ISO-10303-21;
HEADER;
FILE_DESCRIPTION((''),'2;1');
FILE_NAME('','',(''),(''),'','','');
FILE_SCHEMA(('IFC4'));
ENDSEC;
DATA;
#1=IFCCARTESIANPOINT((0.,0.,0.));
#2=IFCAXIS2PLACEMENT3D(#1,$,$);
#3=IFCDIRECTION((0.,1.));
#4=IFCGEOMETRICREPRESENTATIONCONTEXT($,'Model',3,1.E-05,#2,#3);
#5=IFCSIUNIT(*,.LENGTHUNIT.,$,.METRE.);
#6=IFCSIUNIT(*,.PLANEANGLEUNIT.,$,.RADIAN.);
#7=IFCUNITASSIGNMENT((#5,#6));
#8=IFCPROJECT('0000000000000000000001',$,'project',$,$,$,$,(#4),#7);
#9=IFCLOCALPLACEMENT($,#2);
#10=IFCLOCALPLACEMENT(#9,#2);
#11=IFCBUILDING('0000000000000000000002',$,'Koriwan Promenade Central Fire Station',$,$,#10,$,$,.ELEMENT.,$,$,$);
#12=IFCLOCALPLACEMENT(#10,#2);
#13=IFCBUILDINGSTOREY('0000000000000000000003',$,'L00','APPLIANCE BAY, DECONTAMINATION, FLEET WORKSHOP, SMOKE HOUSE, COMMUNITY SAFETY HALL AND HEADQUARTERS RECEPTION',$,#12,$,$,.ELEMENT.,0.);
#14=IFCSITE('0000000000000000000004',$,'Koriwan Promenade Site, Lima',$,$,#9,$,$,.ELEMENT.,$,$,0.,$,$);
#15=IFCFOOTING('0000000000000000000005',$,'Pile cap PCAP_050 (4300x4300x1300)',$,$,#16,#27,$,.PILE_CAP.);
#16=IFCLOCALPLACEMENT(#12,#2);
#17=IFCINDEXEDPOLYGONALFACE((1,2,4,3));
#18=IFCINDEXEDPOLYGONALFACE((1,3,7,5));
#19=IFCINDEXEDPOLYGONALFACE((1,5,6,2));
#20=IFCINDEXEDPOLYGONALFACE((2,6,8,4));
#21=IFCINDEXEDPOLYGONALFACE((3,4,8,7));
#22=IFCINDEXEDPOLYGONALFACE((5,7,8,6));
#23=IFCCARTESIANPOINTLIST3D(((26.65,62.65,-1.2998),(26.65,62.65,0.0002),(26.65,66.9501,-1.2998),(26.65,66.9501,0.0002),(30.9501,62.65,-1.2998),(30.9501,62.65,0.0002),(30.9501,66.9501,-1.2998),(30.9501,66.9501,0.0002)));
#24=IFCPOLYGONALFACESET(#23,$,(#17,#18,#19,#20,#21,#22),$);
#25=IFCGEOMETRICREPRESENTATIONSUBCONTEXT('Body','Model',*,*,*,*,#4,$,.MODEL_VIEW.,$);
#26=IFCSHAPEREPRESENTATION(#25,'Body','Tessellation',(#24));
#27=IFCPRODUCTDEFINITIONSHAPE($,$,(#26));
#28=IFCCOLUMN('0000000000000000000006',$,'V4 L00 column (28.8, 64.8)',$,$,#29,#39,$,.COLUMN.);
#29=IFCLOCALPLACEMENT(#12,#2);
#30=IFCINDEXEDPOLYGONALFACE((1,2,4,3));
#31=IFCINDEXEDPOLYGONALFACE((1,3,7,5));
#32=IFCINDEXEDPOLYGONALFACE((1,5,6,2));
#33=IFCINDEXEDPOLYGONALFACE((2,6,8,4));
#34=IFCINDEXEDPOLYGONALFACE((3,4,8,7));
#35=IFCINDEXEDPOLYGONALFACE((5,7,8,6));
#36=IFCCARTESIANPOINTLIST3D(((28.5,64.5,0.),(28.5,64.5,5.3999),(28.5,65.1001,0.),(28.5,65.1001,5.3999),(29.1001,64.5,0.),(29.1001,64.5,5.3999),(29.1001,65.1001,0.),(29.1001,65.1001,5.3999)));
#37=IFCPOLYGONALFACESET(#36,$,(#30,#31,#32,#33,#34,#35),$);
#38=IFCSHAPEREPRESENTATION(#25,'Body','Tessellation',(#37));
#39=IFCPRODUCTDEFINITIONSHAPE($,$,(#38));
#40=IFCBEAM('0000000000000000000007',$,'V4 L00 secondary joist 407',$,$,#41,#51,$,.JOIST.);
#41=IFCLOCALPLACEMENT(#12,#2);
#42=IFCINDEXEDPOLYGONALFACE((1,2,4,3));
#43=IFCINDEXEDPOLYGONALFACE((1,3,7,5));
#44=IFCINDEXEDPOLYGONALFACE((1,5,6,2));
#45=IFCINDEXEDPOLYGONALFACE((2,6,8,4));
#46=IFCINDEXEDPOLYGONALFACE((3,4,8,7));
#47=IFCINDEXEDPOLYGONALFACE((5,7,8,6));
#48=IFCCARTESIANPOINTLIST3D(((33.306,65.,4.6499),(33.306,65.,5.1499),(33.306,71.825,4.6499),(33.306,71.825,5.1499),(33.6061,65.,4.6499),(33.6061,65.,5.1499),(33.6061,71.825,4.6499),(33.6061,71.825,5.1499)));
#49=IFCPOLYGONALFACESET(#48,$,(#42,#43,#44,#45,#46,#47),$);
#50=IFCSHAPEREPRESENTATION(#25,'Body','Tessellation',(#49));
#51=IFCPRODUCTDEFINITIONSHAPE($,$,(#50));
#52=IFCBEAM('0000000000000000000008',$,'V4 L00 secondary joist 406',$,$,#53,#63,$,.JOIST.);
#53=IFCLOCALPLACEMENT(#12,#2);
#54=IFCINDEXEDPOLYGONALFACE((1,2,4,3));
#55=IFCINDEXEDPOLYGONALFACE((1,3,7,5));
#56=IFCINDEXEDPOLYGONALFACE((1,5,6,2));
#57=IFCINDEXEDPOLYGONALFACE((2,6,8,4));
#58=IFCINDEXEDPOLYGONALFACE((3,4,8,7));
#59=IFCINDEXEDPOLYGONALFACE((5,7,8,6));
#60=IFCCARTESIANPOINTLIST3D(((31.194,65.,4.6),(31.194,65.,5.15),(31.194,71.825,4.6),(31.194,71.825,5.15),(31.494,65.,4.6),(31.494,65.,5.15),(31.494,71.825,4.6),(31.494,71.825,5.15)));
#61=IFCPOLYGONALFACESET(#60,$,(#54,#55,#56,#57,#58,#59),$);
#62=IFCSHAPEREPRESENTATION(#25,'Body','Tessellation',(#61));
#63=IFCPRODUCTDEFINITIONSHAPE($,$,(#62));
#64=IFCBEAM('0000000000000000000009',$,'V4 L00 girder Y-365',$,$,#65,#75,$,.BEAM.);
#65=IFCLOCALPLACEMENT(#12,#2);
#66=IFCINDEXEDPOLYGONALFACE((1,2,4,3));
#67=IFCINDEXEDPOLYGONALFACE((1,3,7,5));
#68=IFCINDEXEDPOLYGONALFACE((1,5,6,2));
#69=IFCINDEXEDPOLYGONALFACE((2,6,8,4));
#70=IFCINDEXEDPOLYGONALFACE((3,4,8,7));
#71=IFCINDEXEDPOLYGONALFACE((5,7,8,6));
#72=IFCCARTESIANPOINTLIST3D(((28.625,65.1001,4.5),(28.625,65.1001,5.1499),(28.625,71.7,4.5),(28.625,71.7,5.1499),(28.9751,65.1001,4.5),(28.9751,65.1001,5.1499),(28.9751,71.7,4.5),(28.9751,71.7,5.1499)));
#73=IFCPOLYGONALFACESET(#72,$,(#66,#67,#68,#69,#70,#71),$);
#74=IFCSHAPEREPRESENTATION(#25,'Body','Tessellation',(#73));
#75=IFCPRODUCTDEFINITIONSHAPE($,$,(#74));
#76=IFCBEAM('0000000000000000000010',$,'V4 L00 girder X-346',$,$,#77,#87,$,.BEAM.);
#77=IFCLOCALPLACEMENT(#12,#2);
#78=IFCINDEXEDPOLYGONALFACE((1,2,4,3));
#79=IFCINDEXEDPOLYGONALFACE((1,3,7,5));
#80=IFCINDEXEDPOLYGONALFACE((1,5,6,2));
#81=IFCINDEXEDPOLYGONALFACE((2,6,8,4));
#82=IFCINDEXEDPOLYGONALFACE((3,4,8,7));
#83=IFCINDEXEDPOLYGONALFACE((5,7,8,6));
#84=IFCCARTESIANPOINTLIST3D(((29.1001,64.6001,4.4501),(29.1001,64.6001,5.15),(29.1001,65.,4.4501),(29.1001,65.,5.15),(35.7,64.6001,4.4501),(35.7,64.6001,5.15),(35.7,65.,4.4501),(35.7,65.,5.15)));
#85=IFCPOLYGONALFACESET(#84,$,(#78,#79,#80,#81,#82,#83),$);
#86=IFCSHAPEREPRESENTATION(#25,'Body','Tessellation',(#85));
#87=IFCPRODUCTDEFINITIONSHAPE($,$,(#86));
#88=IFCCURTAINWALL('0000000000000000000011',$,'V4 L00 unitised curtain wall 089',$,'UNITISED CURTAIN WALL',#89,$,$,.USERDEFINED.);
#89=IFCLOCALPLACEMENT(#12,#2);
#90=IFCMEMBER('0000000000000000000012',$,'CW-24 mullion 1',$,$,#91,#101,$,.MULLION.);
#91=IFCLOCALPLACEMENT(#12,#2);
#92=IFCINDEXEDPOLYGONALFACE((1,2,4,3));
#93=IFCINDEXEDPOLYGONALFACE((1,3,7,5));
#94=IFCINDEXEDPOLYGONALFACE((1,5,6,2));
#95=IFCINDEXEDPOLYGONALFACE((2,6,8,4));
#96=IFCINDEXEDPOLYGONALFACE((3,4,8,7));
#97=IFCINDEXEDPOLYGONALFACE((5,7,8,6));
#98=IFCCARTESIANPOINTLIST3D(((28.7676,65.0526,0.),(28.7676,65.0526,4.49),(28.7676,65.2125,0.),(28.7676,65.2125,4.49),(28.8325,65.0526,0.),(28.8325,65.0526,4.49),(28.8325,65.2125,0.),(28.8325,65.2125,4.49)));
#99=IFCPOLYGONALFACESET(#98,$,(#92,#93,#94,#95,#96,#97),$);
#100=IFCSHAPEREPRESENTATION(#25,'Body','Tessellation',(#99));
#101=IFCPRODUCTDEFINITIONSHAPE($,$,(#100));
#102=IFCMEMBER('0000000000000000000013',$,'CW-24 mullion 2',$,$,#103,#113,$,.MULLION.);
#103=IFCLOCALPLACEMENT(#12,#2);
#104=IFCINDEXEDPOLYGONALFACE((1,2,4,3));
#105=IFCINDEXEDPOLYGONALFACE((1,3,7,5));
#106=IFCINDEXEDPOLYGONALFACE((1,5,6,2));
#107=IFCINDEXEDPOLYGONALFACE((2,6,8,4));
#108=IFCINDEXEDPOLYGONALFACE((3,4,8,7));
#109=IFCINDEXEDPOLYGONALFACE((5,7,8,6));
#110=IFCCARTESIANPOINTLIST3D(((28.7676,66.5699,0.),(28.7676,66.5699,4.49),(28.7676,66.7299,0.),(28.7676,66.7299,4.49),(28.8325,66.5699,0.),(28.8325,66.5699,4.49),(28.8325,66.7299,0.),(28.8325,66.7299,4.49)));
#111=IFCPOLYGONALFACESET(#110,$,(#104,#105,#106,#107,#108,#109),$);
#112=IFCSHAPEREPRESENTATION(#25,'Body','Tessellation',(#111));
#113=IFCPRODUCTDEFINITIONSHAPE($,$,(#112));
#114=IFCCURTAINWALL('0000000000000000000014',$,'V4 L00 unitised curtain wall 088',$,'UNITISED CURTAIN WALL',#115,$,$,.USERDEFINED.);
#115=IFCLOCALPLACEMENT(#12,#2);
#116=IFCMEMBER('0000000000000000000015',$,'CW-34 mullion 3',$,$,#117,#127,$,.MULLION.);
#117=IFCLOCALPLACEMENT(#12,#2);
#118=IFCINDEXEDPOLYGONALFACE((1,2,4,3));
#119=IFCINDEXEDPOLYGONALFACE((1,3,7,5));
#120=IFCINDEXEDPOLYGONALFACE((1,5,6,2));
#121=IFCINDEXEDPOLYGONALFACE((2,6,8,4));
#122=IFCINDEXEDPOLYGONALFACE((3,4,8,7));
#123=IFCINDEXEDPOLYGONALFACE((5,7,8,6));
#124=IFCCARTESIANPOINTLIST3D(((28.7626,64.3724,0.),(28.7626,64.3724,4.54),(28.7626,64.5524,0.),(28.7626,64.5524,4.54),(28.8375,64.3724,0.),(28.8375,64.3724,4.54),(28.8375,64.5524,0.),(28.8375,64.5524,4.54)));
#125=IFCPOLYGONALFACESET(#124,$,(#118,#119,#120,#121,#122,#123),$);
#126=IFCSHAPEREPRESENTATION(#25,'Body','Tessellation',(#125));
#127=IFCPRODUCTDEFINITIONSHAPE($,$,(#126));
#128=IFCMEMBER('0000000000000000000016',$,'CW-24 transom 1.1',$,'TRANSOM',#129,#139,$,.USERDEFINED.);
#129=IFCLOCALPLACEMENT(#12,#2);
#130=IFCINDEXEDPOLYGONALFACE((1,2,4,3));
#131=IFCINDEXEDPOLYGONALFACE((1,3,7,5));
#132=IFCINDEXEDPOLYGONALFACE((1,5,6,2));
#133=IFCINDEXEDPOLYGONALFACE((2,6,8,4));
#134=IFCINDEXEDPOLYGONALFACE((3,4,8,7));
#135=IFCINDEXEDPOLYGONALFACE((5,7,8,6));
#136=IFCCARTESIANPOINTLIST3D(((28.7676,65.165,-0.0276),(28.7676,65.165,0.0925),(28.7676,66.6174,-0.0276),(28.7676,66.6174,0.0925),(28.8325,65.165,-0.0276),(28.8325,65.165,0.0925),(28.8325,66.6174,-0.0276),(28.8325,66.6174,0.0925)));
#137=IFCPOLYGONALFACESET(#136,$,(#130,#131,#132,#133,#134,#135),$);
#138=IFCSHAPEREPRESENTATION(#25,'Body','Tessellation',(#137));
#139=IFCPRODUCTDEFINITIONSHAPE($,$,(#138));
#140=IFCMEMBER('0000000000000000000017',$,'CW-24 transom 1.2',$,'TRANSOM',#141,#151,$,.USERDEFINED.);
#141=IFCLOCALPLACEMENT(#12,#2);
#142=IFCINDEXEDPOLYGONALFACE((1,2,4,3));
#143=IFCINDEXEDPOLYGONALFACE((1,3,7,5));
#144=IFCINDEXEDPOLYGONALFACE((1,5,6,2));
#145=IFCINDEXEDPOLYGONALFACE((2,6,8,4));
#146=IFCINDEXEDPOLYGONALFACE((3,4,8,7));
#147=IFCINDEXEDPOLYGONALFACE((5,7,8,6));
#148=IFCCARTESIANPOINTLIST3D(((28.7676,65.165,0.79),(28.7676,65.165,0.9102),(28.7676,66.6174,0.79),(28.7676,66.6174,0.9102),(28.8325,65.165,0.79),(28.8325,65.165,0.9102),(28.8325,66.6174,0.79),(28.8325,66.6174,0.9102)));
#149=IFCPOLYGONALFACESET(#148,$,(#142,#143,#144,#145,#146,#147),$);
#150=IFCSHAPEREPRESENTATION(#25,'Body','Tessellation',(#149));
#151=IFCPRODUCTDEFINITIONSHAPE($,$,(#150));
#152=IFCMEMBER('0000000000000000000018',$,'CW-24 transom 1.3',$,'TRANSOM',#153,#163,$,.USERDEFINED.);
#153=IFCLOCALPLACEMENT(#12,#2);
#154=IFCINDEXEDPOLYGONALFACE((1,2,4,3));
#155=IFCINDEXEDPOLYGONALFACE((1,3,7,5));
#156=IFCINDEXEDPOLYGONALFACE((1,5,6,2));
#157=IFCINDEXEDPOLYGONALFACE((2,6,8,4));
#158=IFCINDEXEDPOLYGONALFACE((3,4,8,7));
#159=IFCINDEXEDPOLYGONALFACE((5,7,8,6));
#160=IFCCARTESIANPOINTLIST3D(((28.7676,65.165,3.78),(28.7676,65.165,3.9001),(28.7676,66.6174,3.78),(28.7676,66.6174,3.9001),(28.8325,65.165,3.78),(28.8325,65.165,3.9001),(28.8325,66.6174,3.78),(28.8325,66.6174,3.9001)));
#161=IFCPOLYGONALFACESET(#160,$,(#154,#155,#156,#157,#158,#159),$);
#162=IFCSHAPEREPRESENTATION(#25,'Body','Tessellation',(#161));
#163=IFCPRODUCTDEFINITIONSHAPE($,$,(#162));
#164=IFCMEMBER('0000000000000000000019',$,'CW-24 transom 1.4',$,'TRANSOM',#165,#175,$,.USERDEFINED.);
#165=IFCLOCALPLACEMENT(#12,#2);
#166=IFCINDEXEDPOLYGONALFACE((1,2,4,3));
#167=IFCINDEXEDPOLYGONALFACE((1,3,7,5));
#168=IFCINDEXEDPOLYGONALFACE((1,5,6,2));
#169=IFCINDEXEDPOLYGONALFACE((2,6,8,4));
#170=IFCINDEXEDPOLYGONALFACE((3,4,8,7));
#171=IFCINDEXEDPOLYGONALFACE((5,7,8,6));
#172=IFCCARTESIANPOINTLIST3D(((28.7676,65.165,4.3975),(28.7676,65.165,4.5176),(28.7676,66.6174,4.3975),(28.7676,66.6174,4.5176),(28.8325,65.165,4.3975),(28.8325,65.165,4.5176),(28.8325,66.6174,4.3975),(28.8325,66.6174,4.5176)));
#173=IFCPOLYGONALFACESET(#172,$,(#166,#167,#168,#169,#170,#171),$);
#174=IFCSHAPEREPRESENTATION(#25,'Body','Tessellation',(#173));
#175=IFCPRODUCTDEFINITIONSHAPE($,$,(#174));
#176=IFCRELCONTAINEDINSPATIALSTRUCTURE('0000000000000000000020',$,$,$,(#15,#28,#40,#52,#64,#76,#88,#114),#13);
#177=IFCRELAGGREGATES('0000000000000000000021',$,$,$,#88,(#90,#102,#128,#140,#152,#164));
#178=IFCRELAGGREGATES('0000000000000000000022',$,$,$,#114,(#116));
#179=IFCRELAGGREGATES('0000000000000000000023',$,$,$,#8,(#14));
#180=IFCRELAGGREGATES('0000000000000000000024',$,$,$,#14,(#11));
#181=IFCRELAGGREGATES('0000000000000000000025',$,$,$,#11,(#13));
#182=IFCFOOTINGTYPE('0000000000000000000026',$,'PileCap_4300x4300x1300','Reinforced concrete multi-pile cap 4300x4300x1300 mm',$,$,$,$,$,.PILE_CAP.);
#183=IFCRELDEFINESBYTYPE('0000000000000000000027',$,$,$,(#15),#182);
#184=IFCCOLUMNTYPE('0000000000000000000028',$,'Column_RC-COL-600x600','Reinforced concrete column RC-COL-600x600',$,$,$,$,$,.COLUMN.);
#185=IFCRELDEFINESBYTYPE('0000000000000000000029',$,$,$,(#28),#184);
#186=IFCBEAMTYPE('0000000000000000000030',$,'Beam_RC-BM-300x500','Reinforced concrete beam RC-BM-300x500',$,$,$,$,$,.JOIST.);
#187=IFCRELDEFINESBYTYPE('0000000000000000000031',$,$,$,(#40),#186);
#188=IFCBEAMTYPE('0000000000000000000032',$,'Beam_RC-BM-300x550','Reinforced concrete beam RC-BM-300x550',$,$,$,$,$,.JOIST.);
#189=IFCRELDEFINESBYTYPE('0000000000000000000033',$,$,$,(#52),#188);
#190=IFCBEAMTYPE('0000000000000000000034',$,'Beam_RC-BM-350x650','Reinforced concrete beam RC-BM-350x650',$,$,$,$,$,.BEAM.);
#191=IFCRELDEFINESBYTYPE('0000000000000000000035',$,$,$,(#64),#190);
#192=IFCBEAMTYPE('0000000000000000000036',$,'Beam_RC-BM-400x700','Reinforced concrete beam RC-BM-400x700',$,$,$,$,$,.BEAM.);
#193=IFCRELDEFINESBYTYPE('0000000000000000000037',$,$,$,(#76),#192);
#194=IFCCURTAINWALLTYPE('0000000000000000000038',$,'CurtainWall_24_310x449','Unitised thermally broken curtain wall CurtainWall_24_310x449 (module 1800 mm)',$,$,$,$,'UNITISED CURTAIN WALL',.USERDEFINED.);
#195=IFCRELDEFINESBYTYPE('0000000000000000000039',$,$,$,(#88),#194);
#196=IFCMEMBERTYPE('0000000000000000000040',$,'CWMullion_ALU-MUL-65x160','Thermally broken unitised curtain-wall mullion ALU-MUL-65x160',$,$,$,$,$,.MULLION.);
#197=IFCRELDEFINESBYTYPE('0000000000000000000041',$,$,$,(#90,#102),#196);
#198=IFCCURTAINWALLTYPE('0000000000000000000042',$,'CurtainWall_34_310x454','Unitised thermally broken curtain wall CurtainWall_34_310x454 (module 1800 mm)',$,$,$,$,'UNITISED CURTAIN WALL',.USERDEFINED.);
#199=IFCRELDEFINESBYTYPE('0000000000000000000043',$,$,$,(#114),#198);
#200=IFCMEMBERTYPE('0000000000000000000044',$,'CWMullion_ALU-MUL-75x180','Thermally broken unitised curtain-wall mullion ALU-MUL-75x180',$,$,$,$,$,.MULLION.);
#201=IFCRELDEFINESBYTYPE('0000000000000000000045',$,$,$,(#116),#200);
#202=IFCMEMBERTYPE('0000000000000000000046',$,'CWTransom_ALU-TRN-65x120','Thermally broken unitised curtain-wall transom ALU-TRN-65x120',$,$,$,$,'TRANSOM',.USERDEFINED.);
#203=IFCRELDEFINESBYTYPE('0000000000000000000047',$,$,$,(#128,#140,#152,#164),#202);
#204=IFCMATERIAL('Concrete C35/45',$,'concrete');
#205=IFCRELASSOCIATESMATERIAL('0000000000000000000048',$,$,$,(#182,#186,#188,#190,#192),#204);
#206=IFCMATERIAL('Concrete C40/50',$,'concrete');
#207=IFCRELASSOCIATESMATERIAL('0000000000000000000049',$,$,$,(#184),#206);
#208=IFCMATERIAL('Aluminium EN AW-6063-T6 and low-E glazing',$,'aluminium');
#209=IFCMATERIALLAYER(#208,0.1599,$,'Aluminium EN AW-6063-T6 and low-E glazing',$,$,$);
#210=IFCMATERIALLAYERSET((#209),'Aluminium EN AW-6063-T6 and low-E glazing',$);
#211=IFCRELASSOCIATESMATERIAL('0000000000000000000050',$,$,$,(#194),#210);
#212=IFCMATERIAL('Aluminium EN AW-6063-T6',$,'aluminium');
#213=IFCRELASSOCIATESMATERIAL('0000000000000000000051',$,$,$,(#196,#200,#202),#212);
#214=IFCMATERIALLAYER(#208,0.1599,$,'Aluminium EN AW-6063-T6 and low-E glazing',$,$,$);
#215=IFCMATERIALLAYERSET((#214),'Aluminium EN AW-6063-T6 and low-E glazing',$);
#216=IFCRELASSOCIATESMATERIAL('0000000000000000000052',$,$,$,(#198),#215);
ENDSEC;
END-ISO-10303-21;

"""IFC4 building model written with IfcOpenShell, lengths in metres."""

from ifc_helpers import new_model, si_unit, direction, frame, origin, origin_2d, place, context, subcontext, project, spatial, rectangle, extrude, material, layer, layer_set, material_profile, profile_set, type_object, element, aggregate, save


model = new_model("IFC4")

# Units and contexts
model_context = context("Model", 3, precision=1e-05, world=origin(), true_north=direction((0.0, 1.0)))
body_context = subcontext(model_context, "Body", "Model", "MODEL_VIEW")
ifc_project = project(units=[si_unit("LENGTHUNIT", "METRE"), si_unit("PLANEANGLEUNIT", "RADIAN")], contexts=[model_context])

# Site, building, storey
site_placement = place(None, origin())
site = spatial("IfcSite", under=ifc_project, at=site_placement, Name="Koriwan Promenade Site, Lima", CompositionType="ELEMENT", RefElevation=0.0)
building_placement = place(site_placement, origin())
building = spatial("IfcBuilding", under=site, at=building_placement, Name="Koriwan Promenade Central Fire Station", CompositionType="ELEMENT")
storey_placement = place(building_placement, origin())
storey = spatial("IfcBuildingStorey", under=building, at=storey_placement, Name="L00", Description="APPLIANCE BAY, DECONTAMINATION, FLEET WORKSHOP, SMOKE HOUSE, COMMUNITY SAFETY HALL AND HEADQUARTERS RECEPTION", CompositionType="ELEMENT", Elevation=0.0)

# Shared definitions
ifc_material_1 = material(Name="Concrete C35/45", Category="concrete")

# Footing
footing_type_1 = type_object("IfcFootingType", Name="PileCap_4300x4300x1300", Description="Reinforced concrete multi-pile cap 4300x4300x1300 mm", PredefinedType="PILE_CAP", material=ifc_material_1)
footing_1_placement = place(storey_placement, frame((28.8, 64.8, -1.2998), z_axis=(0.0, 0.0, 1.0), x_axis=(1.0, 0.0, 0.0)))
element("IfcFooting", 1, at=footing_1_placement, inside=storey, type_object=footing_type_1, Name="Pile cap PCAP_050 (4300x4300x1300)", PredefinedType="PILE_CAP", context=body_context, shape_type="SweptSolid", body=[
    extrude(rectangle(XDim=4.3, YDim=4.3, at=origin_2d()), origin(), (0.0, 0.0, 1.0), 1.3),
])

# Column
ifc_material_2 = material(Name="Concrete C40/50", Category="concrete")
ifc_material_profile_1 = material_profile(ifc_material_2, rectangle(XDim=0.6001, YDim=0.6001, at=origin_2d()), Name="RC-COL-600x600")
ifc_profile_set_1 = profile_set([ifc_material_profile_1], Name="Concrete C40/50")
column_type = type_object("IfcColumnType", Name="Column_RC-COL-600x600", Description="Reinforced concrete column RC-COL-600x600", PredefinedType="COLUMN", material=ifc_profile_set_1)
column_placement = place(storey_placement, frame((28.8, 64.8, 0.0), z_axis=(0.0, 0.0, 1.0), x_axis=(1.0, 0.0, 0.0)))
element("IfcColumn", 2, at=column_placement, inside=storey, type_object=column_type, Name="V4 L00 column (28.8, 64.8)", PredefinedType="COLUMN", context=body_context, shape_type="SweptSolid", body=[
    extrude(rectangle(XDim=0.6001, YDim=0.6001, at=origin_2d()), origin(), (0.0, 0.0, 1.0), 5.3999),
])

# Beams
ifc_material_profile_2 = material_profile(ifc_material_1, rectangle(XDim=0.3, YDim=0.5, at=origin_2d()), Name="RC-BM-300x500")
ifc_profile_set_2 = profile_set([ifc_material_profile_2], Name="Concrete C35/45")
beam_type_1 = type_object("IfcBeamType", Name="Beam_RC-BM-300x500", Description="Reinforced concrete beam RC-BM-300x500", PredefinedType="JOIST", material=ifc_profile_set_2)
beam_1_placement = place(storey_placement, frame((33.4561, 65.0, 4.8999), z_axis=(0.0, 1.0, 0.0), x_axis=(-1.0, 0.0, 0.0)))
element("IfcBeam", 3, at=beam_1_placement, inside=storey, type_object=beam_type_1, Name="V4 L00 secondary joist 407", PredefinedType="JOIST", context=body_context, shape_type="SweptSolid", body=[
    extrude(rectangle(XDim=0.3, YDim=0.5, at=origin_2d()), origin(), (0.0, 0.0, 1.0), 6.825),
])
ifc_material_profile_3 = material_profile(ifc_material_1, rectangle(XDim=0.3, YDim=0.55, at=origin_2d()), Name="RC-BM-300x550")
ifc_profile_set_3 = profile_set([ifc_material_profile_3], Name="Concrete C35/45")
beam_type_2 = type_object("IfcBeamType", Name="Beam_RC-BM-300x550", Description="Reinforced concrete beam RC-BM-300x550", PredefinedType="JOIST", material=ifc_profile_set_3)
beam_2_placement = place(storey_placement, frame((31.344, 65.0, 4.875), z_axis=(0.0, 1.0, 0.0), x_axis=(-1.0, 0.0, 0.0)))
element("IfcBeam", 4, at=beam_2_placement, inside=storey, type_object=beam_type_2, Name="V4 L00 secondary joist 406", PredefinedType="JOIST", context=body_context, shape_type="SweptSolid", body=[
    extrude(rectangle(XDim=0.3, YDim=0.55, at=origin_2d()), origin(), (0.0, 0.0, 1.0), 6.825),
])
ifc_material_profile_4 = material_profile(ifc_material_1, rectangle(XDim=0.3501, YDim=0.6499, at=origin_2d()), Name="RC-BM-350x650")
ifc_profile_set_4 = profile_set([ifc_material_profile_4], Name="Concrete C35/45")
beam_type_3 = type_object("IfcBeamType", Name="Beam_RC-BM-350x650", Description="Reinforced concrete beam RC-BM-350x650", PredefinedType="BEAM", material=ifc_profile_set_4)
beam_3_placement = place(storey_placement, frame((28.8, 65.1001, 4.825), z_axis=(0.0, 1.0, 0.0), x_axis=(-1.0, 0.0, 0.0)))
element("IfcBeam", 5, at=beam_3_placement, inside=storey, type_object=beam_type_3, Name="V4 L00 girder Y-365", PredefinedType="BEAM", context=body_context, shape_type="SweptSolid", body=[
    extrude(rectangle(XDim=0.3501, YDim=0.6499, at=origin_2d()), origin(), (0.0, 0.0, 1.0), 6.5999),
])
ifc_material_profile_5 = material_profile(ifc_material_1, rectangle(XDim=0.3999, YDim=0.7, at=origin_2d()), Name="RC-BM-400x700")
ifc_profile_set_5 = profile_set([ifc_material_profile_5], Name="Concrete C35/45")
beam_type_4 = type_object("IfcBeamType", Name="Beam_RC-BM-400x700", Description="Reinforced concrete beam RC-BM-400x700", PredefinedType="BEAM", material=ifc_profile_set_5)
beam_4_placement = place(storey_placement, frame((29.1001, 64.8, 4.8), z_axis=(1.0, 0.0, 0.0), x_axis=(0.0, 1.0, 0.0)))
element("IfcBeam", 6, at=beam_4_placement, inside=storey, type_object=beam_type_4, Name="V4 L00 girder X-346", PredefinedType="BEAM", context=body_context, shape_type="SweptSolid", body=[
    extrude(rectangle(XDim=0.3999, YDim=0.7, at=origin_2d()), origin(), (0.0, 0.0, 1.0), 6.5999),
])

# Curtain wall, members
ifc_material_3 = material(Name="Aluminium EN AW-6063-T6 and low-E glazing", Category="aluminium")
ifc_layer_1 = layer(ifc_material_3, 0.1599, Name="Aluminium EN AW-6063-T6 and low-E glazing")
ifc_layer_set_1 = layer_set([ifc_layer_1], Name="Aluminium EN AW-6063-T6 and low-E glazing")
curtain_wall_type_1 = type_object("IfcCurtainWallType", Name="CurtainWall_24_310x449", Description="Unitised thermally broken curtain wall CurtainWall_24_310x449 (module 1800 mm)", ElementType="UNITISED CURTAIN WALL", PredefinedType="USERDEFINED", material=ifc_layer_set_1)
curtain_wall_1_placement = place(storey_placement, origin())
curtain_wall_1 = element("IfcCurtainWall", 7, at=curtain_wall_1_placement, inside=storey, type_object=curtain_wall_type_1, Name="V4 L00 unitised curtain wall 089", ObjectType="UNITISED CURTAIN WALL", PredefinedType="USERDEFINED")
ifc_material_4 = material(Name="Aluminium EN AW-6063-T6", Category="aluminium")
ifc_material_profile_6 = material_profile(ifc_material_4, rectangle(XDim=0.0649, YDim=0.1599, at=origin_2d()), Name="ALU-MUL-65x160")
ifc_profile_set_6 = profile_set([ifc_material_profile_6], Name="Aluminium EN AW-6063-T6")
member_type_1 = type_object("IfcMemberType", Name="CWMullion_ALU-MUL-65x160", Description="Thermally broken unitised curtain-wall mullion ALU-MUL-65x160", PredefinedType="MULLION", material=ifc_profile_set_6)
member_1_placement = place(storey_placement, frame((28.8, 65.1326, 0.0), z_axis=(0.0, 0.0, 1.0), x_axis=(-1.0, 0.0, 0.0)))
member_1 = element("IfcMember", 8, at=member_1_placement, type_object=member_type_1, Name="CW-24 mullion 1", PredefinedType="MULLION", context=body_context, shape_type="SweptSolid", body=[
    extrude(rectangle(XDim=0.0649, YDim=0.1599, at=origin_2d()), origin(), (0.0, 0.0, 1.0), 4.49),
])
member_2_placement = place(storey_placement, frame((28.8, 66.6499, 0.0), z_axis=(0.0, 0.0, 1.0), x_axis=(-1.0, 0.0, 0.0)))
member_2 = element("IfcMember", 9, at=member_2_placement, type_object=member_type_1, Name="CW-24 mullion 2", PredefinedType="MULLION", context=body_context, shape_type="SweptSolid", body=[
    extrude(rectangle(XDim=0.0649, YDim=0.1599, at=origin_2d()), origin(), (0.0, 0.0, 1.0), 4.49),
])

# Curtain wall, member
ifc_layer_2 = layer(ifc_material_3, 0.1599, Name="Aluminium EN AW-6063-T6 and low-E glazing")
ifc_layer_set_2 = layer_set([ifc_layer_2], Name="Aluminium EN AW-6063-T6 and low-E glazing")
curtain_wall_type_2 = type_object("IfcCurtainWallType", Name="CurtainWall_34_310x454", Description="Unitised thermally broken curtain wall CurtainWall_34_310x454 (module 1800 mm)", ElementType="UNITISED CURTAIN WALL", PredefinedType="USERDEFINED", material=ifc_layer_set_2)
curtain_wall_2_placement = place(storey_placement, origin())
curtain_wall_2 = element("IfcCurtainWall", 10, at=curtain_wall_2_placement, inside=storey, type_object=curtain_wall_type_2, Name="V4 L00 unitised curtain wall 088", ObjectType="UNITISED CURTAIN WALL", PredefinedType="USERDEFINED")
ifc_material_profile_7 = material_profile(ifc_material_4, rectangle(XDim=0.075, YDim=0.1799, at=origin_2d()), Name="ALU-MUL-75x180")
ifc_profile_set_7 = profile_set([ifc_material_profile_7], Name="Aluminium EN AW-6063-T6")
member_type_2 = type_object("IfcMemberType", Name="CWMullion_ALU-MUL-75x180", Description="Thermally broken unitised curtain-wall mullion ALU-MUL-75x180", PredefinedType="MULLION", material=ifc_profile_set_7)
member_3_placement = place(storey_placement, frame((28.8, 64.4624, 0.0), z_axis=(0.0, 0.0, 1.0), x_axis=(-1.0, 0.0, 0.0)))
member_3 = element("IfcMember", 11, at=member_3_placement, type_object=member_type_2, Name="CW-34 mullion 3", PredefinedType="MULLION", context=body_context, shape_type="SweptSolid", body=[
    extrude(rectangle(XDim=0.075, YDim=0.1799, at=origin_2d()), origin(), (0.0, 0.0, 1.0), 4.54),
])

# Members
ifc_material_profile_8 = material_profile(ifc_material_4, rectangle(XDim=0.0649, YDim=0.1201, at=origin_2d()), Name="ALU-TRN-65x120")
ifc_profile_set_8 = profile_set([ifc_material_profile_8], Name="Aluminium EN AW-6063-T6")
member_type_3 = type_object("IfcMemberType", Name="CWTransom_ALU-TRN-65x120", Description="Thermally broken unitised curtain-wall transom ALU-TRN-65x120", ElementType="TRANSOM", PredefinedType="USERDEFINED", material=ifc_profile_set_8)
member_4_placement = place(storey_placement, frame((28.8, 65.165, 0.0325), z_axis=(0.0, 1.0, 0.0), x_axis=(-1.0, 0.0, 0.0)))
member_4 = element("IfcMember", 12, at=member_4_placement, type_object=member_type_3, Name="CW-24 transom 1.1", ObjectType="TRANSOM", PredefinedType="USERDEFINED", context=body_context, shape_type="SweptSolid", body=[
    extrude(rectangle(XDim=0.0649, YDim=0.1201, at=origin_2d()), origin(), (0.0, 0.0, 1.0), 1.4524),
])
member_5_placement = place(storey_placement, frame((28.8, 65.165, 0.8501), z_axis=(0.0, 1.0, 0.0), x_axis=(-1.0, 0.0, 0.0)))
member_5 = element("IfcMember", 13, at=member_5_placement, type_object=member_type_3, Name="CW-24 transom 1.2", ObjectType="TRANSOM", PredefinedType="USERDEFINED", context=body_context, shape_type="SweptSolid", body=[
    extrude(rectangle(XDim=0.0649, YDim=0.1201, at=origin_2d()), origin(), (0.0, 0.0, 1.0), 1.4524),
])
member_6_placement = place(storey_placement, frame((28.8, 65.165, 3.8401), z_axis=(0.0, 1.0, 0.0), x_axis=(-1.0, 0.0, 0.0)))
member_6 = element("IfcMember", 14, at=member_6_placement, type_object=member_type_3, Name="CW-24 transom 1.3", ObjectType="TRANSOM", PredefinedType="USERDEFINED", context=body_context, shape_type="SweptSolid", body=[
    extrude(rectangle(XDim=0.0649, YDim=0.1201, at=origin_2d()), origin(), (0.0, 0.0, 1.0), 1.4524),
])
member_7_placement = place(storey_placement, frame((28.8, 65.165, 4.4575), z_axis=(0.0, 1.0, 0.0), x_axis=(-1.0, 0.0, 0.0)))
member_7 = element("IfcMember", 15, at=member_7_placement, type_object=member_type_3, Name="CW-24 transom 1.4", ObjectType="TRANSOM", PredefinedType="USERDEFINED", context=body_context, shape_type="SweptSolid", body=[
    extrude(rectangle(XDim=0.0649, YDim=0.1201, at=origin_2d()), origin(), (0.0, 0.0, 1.0), 1.4524),
])

aggregate(curtain_wall_1, [member_1, member_2, member_4, member_5, member_6, member_7])
aggregate(curtain_wall_2, [member_3])

save(model, "model.ifc")
